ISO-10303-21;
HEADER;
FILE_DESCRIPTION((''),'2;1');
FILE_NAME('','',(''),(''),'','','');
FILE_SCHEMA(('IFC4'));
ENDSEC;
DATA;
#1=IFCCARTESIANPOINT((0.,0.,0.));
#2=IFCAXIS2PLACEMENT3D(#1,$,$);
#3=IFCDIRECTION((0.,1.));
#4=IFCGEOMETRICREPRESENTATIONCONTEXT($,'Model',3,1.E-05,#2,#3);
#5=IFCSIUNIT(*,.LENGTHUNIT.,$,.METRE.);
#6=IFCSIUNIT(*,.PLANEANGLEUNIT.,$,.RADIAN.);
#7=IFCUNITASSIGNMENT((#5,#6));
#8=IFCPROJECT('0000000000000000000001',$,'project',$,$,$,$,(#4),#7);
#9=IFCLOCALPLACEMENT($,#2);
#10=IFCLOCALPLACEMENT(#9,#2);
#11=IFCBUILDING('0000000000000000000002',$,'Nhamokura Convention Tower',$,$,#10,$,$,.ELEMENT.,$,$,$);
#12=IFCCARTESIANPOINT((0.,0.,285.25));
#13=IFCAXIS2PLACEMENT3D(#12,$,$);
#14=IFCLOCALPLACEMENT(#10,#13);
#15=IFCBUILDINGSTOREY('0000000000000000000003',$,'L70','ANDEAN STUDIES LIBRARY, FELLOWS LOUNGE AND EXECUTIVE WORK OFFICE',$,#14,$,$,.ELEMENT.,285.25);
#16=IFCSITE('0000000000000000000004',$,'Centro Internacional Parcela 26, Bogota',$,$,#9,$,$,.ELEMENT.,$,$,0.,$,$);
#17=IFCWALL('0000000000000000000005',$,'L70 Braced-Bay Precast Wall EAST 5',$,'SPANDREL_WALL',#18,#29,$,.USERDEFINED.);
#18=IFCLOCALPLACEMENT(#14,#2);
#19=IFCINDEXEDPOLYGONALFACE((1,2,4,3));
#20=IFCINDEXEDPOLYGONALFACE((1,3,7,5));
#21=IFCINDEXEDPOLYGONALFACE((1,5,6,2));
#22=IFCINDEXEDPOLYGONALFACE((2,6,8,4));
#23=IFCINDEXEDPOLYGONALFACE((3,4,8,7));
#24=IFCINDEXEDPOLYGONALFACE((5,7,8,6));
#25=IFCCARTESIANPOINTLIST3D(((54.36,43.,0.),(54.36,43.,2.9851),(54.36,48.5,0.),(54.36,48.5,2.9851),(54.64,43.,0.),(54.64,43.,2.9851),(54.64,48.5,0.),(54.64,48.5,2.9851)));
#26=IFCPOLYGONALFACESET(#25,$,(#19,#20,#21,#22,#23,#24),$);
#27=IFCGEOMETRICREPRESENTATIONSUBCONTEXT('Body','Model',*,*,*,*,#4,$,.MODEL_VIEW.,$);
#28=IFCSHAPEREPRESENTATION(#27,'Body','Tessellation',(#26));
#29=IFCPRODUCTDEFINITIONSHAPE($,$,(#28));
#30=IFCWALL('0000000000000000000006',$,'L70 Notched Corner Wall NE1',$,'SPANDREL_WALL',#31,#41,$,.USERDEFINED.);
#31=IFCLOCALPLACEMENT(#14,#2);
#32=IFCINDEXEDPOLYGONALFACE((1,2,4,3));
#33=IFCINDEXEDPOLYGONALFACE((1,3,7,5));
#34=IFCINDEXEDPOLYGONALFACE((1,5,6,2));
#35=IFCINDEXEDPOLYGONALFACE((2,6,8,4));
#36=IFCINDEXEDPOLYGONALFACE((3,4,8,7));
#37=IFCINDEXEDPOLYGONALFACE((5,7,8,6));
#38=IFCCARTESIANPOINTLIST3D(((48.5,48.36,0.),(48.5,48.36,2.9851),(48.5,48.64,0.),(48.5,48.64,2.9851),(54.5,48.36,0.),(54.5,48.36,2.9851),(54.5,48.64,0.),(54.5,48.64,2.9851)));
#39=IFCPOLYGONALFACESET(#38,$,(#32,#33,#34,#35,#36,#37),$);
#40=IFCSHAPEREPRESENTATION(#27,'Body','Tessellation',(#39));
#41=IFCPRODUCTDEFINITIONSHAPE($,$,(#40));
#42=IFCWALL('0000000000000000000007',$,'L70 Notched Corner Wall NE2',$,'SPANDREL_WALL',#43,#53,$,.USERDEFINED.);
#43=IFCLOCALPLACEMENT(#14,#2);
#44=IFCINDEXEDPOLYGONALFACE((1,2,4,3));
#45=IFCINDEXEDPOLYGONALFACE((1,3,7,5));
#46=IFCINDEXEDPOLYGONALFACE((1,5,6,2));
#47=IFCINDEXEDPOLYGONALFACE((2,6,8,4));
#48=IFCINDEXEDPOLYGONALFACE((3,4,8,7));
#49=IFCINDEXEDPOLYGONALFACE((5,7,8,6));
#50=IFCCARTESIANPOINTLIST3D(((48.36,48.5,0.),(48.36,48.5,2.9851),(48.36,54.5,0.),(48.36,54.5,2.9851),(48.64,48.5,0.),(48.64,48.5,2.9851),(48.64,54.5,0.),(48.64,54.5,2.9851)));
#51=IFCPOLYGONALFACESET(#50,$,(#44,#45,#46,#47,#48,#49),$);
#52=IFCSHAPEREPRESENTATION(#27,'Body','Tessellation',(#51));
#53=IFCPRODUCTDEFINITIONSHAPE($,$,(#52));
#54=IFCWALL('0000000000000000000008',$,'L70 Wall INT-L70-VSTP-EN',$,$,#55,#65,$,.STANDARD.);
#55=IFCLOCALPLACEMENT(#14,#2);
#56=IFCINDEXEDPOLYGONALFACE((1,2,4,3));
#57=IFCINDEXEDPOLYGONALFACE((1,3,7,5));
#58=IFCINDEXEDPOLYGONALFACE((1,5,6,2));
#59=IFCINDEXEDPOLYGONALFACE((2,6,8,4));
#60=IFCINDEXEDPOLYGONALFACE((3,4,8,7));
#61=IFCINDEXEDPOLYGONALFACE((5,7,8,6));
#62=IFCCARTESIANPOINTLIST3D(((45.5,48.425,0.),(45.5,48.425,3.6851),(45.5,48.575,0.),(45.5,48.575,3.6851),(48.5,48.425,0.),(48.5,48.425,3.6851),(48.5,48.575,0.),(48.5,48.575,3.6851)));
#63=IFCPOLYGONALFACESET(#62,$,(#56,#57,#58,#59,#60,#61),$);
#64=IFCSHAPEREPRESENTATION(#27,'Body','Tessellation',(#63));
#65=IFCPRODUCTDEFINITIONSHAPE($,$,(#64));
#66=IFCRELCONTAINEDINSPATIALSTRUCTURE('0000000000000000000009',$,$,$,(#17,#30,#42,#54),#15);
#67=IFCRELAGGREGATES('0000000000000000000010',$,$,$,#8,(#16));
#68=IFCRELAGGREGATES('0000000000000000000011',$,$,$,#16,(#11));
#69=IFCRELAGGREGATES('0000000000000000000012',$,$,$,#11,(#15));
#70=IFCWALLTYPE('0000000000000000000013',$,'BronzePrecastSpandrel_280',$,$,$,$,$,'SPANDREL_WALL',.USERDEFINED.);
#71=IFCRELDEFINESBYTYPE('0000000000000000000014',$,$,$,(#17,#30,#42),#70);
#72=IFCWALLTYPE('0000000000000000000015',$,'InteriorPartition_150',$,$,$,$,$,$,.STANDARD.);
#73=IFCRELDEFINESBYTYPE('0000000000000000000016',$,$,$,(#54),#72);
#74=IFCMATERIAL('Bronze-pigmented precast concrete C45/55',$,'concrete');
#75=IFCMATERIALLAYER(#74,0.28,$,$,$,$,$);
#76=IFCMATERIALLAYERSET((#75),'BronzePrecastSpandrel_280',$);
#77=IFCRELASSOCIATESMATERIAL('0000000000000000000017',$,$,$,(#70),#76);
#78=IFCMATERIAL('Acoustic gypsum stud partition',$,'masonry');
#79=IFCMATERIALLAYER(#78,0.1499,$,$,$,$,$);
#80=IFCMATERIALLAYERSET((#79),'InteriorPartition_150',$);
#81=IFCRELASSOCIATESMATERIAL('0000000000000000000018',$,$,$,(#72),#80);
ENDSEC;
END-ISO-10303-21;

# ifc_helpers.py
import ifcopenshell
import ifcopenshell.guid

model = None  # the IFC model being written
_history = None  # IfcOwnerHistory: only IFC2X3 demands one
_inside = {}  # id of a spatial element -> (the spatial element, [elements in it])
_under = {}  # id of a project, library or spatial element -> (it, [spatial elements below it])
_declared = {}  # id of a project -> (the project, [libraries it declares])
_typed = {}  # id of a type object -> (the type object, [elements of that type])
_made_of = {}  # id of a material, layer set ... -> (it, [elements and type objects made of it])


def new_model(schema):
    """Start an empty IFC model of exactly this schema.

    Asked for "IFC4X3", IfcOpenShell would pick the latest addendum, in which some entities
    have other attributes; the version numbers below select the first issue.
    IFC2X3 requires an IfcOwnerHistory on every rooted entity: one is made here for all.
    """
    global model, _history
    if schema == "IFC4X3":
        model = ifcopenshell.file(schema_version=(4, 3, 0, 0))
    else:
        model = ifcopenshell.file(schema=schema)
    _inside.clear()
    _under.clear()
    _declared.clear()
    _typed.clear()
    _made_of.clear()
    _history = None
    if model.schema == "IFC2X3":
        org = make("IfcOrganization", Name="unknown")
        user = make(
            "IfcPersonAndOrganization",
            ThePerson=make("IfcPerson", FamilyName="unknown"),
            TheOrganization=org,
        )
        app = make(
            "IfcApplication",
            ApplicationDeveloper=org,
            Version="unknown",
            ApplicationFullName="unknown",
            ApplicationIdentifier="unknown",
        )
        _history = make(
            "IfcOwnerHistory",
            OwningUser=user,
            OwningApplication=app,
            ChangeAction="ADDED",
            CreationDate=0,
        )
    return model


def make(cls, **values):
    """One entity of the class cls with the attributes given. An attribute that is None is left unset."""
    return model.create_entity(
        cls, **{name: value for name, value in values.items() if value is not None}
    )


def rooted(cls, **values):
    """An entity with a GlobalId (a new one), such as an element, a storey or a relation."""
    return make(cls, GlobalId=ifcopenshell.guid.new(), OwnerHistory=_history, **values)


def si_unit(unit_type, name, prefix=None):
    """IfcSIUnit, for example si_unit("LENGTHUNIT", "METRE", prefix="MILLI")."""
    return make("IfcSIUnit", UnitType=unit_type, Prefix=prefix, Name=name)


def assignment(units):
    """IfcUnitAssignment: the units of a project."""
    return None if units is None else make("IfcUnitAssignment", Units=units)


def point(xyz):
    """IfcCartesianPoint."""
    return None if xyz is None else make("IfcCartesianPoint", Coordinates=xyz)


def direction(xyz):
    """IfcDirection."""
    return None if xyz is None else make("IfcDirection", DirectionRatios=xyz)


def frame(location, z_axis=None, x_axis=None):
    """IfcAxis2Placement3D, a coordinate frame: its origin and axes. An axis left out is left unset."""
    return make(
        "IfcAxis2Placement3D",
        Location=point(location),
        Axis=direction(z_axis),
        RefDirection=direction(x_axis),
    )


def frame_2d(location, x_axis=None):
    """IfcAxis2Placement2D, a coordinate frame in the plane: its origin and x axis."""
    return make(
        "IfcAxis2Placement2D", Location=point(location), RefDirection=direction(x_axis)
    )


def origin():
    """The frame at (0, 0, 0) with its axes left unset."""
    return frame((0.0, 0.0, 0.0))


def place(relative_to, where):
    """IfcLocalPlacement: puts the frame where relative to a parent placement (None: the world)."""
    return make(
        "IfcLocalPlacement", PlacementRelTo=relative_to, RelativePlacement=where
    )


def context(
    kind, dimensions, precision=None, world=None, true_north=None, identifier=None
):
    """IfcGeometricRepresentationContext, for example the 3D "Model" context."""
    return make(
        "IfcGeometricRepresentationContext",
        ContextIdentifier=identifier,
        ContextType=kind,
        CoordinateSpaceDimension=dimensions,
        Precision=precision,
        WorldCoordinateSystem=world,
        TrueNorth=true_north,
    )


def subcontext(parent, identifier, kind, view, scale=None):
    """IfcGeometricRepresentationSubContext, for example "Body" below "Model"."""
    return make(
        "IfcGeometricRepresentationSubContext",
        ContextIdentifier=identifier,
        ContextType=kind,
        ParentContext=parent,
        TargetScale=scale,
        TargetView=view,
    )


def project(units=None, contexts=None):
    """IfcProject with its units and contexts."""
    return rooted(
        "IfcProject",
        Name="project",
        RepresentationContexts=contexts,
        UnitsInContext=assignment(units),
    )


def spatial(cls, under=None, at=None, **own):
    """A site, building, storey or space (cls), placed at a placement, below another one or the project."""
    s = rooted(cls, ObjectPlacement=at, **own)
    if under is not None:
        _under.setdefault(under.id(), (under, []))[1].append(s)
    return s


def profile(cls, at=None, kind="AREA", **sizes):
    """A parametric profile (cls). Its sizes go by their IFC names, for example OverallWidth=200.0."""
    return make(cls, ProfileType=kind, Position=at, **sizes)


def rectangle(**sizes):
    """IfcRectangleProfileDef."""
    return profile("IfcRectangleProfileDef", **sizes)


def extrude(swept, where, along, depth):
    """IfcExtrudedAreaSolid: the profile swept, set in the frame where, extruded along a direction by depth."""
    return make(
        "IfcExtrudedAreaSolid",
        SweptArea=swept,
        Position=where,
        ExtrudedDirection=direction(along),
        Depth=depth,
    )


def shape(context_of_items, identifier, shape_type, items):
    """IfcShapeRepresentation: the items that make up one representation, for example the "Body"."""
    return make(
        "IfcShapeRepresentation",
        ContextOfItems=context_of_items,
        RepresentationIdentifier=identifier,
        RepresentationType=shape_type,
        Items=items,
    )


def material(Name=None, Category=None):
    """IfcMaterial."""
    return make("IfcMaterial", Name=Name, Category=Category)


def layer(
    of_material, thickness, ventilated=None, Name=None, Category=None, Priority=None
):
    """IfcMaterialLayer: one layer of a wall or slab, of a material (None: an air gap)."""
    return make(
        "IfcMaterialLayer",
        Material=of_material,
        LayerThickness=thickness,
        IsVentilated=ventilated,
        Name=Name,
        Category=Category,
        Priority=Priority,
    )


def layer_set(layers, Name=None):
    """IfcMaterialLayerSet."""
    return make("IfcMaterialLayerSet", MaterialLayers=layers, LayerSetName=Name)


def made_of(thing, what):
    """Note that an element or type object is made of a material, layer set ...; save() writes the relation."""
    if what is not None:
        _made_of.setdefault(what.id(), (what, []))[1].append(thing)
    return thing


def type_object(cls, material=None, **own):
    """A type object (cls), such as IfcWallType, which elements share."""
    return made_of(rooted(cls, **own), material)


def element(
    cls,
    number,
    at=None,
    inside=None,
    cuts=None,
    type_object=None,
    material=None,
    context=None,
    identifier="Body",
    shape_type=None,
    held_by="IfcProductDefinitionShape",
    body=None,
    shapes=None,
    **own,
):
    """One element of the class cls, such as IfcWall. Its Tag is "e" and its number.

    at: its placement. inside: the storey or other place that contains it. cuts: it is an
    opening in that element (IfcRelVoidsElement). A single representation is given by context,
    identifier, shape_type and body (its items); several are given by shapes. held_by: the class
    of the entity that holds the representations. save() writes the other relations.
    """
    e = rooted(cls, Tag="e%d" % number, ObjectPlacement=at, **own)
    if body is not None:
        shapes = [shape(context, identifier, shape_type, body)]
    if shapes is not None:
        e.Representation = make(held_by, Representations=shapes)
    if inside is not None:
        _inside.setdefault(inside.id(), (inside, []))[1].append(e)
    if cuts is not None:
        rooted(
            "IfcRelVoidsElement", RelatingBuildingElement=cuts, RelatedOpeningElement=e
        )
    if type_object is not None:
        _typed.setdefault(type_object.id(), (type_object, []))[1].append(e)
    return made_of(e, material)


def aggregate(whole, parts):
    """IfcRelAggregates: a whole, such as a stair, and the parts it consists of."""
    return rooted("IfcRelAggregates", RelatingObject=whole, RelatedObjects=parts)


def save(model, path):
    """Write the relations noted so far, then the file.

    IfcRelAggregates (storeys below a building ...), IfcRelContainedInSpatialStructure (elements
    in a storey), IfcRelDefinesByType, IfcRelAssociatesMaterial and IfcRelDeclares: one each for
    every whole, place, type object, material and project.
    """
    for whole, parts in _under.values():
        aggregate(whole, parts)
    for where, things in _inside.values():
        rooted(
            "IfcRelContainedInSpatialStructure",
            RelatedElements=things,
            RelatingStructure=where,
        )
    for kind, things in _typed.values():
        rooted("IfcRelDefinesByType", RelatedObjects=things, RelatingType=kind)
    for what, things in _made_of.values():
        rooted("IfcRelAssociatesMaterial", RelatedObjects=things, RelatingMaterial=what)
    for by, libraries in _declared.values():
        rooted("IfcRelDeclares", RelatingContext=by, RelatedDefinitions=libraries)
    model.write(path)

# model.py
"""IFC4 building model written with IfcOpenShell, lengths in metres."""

from ifc_helpers import new_model, si_unit, direction, frame, frame_2d, origin, place, context, subcontext, project, spatial, rectangle, extrude, material, layer, layer_set, type_object, element, save


model = new_model("IFC4")

# Units and contexts
model_context = context("Model", 3, precision=1e-05, world=origin(), true_north=direction((0.0, 1.0)))
body_context = subcontext(model_context, "Body", "Model", "MODEL_VIEW")
ifc_project = project(units=[si_unit("LENGTHUNIT", "METRE"), si_unit("PLANEANGLEUNIT", "RADIAN")], contexts=[model_context])

# Site, building, storey
site_placement = place(None, origin())
site = spatial("IfcSite", under=ifc_project, at=site_placement, Name="Centro Internacional Parcela 26, Bogota", CompositionType="ELEMENT", RefElevation=0.0)
building_placement = place(site_placement, origin())
building = spatial("IfcBuilding", under=site, at=building_placement, Name="Nhamokura Convention Tower", CompositionType="ELEMENT")
storey_placement = place(building_placement, frame((0.0, 0.0, 285.25)))
storey = spatial("IfcBuildingStorey", under=building, at=storey_placement, Name="L70", Description="ANDEAN STUDIES LIBRARY, FELLOWS LOUNGE AND EXECUTIVE WORK OFFICE", CompositionType="ELEMENT", Elevation=285.25)

# Shared definitions
ifc_material_1 = material(Name="Bronze-pigmented precast concrete C45/55", Category="concrete")
ifc_layer_1 = layer(ifc_material_1, 0.28)
ifc_layer_set_1 = layer_set([ifc_layer_1], Name="BronzePrecastSpandrel_280")
wall_type_1 = type_object("IfcWallType", Name="BronzePrecastSpandrel_280", ElementType="SPANDREL_WALL", PredefinedType="USERDEFINED", material=ifc_layer_set_1)

# Walls
wall_1_placement = place(storey_placement, frame((54.5, 48.5, 0.0), z_axis=(0.0, 0.0, 1.0), x_axis=(0.0, -1.0, 0.0)))
element("IfcWall", 1, at=wall_1_placement, inside=storey, type_object=wall_type_1, Name="L70 Braced-Bay Precast Wall EAST 5", ObjectType="SPANDREL_WALL", PredefinedType="USERDEFINED", context=body_context, shape_type="SweptSolid", body=[
    extrude(rectangle(XDim=5.5, YDim=0.28, at=frame_2d((2.75, 0.0))), origin(), (0.0, 0.0, 1.0), 2.9851),
])
for number, where, z_axis, x_axis, name in (
    (2, (48.5, 48.5, 0.0), (0.0, 0.0, 1.0), (1.0, 0.0, 0.0), "L70 Notched Corner Wall NE1"),
    (3, (48.5, 54.5, 0.0), (0.0, 0.0, 1.0), (0.0, -1.0, 0.0), "L70 Notched Corner Wall NE2"),
):
    element("IfcWall", number, at=place(storey_placement, frame(where, z_axis=z_axis, x_axis=x_axis)), inside=storey, type_object=wall_type_1, Name=name, ObjectType="SPANDREL_WALL", PredefinedType="USERDEFINED", context=body_context, shape_type="SweptSolid", body=[
        extrude(rectangle(XDim=6.0, YDim=0.28, at=frame_2d((3.0, 0.0))), origin(), (0.0, 0.0, 1.0), 2.9851),
    ])
ifc_material_2 = material(Name="Acoustic gypsum stud partition", Category="masonry")
ifc_layer_2 = layer(ifc_material_2, 0.1499)
ifc_layer_set_2 = layer_set([ifc_layer_2], Name="InteriorPartition_150")
wall_type_2 = type_object("IfcWallType", Name="InteriorPartition_150", PredefinedType="STANDARD", material=ifc_layer_set_2)
wall_2_placement = place(storey_placement, frame((45.5, 48.5, 0.0), z_axis=(0.0, 0.0, 1.0), x_axis=(1.0, 0.0, 0.0)))
element("IfcWall", 4, at=wall_2_placement, inside=storey, type_object=wall_type_2, Name="L70 Wall INT-L70-VSTP-EN", PredefinedType="STANDARD", context=body_context, shape_type="SweptSolid", body=[
    extrude(rectangle(XDim=3.0, YDim=0.1499, at=frame_2d((1.5, 0.0))), origin(), (0.0, 0.0, 1.0), 3.6851),
])

save(model, "model.ifc")
